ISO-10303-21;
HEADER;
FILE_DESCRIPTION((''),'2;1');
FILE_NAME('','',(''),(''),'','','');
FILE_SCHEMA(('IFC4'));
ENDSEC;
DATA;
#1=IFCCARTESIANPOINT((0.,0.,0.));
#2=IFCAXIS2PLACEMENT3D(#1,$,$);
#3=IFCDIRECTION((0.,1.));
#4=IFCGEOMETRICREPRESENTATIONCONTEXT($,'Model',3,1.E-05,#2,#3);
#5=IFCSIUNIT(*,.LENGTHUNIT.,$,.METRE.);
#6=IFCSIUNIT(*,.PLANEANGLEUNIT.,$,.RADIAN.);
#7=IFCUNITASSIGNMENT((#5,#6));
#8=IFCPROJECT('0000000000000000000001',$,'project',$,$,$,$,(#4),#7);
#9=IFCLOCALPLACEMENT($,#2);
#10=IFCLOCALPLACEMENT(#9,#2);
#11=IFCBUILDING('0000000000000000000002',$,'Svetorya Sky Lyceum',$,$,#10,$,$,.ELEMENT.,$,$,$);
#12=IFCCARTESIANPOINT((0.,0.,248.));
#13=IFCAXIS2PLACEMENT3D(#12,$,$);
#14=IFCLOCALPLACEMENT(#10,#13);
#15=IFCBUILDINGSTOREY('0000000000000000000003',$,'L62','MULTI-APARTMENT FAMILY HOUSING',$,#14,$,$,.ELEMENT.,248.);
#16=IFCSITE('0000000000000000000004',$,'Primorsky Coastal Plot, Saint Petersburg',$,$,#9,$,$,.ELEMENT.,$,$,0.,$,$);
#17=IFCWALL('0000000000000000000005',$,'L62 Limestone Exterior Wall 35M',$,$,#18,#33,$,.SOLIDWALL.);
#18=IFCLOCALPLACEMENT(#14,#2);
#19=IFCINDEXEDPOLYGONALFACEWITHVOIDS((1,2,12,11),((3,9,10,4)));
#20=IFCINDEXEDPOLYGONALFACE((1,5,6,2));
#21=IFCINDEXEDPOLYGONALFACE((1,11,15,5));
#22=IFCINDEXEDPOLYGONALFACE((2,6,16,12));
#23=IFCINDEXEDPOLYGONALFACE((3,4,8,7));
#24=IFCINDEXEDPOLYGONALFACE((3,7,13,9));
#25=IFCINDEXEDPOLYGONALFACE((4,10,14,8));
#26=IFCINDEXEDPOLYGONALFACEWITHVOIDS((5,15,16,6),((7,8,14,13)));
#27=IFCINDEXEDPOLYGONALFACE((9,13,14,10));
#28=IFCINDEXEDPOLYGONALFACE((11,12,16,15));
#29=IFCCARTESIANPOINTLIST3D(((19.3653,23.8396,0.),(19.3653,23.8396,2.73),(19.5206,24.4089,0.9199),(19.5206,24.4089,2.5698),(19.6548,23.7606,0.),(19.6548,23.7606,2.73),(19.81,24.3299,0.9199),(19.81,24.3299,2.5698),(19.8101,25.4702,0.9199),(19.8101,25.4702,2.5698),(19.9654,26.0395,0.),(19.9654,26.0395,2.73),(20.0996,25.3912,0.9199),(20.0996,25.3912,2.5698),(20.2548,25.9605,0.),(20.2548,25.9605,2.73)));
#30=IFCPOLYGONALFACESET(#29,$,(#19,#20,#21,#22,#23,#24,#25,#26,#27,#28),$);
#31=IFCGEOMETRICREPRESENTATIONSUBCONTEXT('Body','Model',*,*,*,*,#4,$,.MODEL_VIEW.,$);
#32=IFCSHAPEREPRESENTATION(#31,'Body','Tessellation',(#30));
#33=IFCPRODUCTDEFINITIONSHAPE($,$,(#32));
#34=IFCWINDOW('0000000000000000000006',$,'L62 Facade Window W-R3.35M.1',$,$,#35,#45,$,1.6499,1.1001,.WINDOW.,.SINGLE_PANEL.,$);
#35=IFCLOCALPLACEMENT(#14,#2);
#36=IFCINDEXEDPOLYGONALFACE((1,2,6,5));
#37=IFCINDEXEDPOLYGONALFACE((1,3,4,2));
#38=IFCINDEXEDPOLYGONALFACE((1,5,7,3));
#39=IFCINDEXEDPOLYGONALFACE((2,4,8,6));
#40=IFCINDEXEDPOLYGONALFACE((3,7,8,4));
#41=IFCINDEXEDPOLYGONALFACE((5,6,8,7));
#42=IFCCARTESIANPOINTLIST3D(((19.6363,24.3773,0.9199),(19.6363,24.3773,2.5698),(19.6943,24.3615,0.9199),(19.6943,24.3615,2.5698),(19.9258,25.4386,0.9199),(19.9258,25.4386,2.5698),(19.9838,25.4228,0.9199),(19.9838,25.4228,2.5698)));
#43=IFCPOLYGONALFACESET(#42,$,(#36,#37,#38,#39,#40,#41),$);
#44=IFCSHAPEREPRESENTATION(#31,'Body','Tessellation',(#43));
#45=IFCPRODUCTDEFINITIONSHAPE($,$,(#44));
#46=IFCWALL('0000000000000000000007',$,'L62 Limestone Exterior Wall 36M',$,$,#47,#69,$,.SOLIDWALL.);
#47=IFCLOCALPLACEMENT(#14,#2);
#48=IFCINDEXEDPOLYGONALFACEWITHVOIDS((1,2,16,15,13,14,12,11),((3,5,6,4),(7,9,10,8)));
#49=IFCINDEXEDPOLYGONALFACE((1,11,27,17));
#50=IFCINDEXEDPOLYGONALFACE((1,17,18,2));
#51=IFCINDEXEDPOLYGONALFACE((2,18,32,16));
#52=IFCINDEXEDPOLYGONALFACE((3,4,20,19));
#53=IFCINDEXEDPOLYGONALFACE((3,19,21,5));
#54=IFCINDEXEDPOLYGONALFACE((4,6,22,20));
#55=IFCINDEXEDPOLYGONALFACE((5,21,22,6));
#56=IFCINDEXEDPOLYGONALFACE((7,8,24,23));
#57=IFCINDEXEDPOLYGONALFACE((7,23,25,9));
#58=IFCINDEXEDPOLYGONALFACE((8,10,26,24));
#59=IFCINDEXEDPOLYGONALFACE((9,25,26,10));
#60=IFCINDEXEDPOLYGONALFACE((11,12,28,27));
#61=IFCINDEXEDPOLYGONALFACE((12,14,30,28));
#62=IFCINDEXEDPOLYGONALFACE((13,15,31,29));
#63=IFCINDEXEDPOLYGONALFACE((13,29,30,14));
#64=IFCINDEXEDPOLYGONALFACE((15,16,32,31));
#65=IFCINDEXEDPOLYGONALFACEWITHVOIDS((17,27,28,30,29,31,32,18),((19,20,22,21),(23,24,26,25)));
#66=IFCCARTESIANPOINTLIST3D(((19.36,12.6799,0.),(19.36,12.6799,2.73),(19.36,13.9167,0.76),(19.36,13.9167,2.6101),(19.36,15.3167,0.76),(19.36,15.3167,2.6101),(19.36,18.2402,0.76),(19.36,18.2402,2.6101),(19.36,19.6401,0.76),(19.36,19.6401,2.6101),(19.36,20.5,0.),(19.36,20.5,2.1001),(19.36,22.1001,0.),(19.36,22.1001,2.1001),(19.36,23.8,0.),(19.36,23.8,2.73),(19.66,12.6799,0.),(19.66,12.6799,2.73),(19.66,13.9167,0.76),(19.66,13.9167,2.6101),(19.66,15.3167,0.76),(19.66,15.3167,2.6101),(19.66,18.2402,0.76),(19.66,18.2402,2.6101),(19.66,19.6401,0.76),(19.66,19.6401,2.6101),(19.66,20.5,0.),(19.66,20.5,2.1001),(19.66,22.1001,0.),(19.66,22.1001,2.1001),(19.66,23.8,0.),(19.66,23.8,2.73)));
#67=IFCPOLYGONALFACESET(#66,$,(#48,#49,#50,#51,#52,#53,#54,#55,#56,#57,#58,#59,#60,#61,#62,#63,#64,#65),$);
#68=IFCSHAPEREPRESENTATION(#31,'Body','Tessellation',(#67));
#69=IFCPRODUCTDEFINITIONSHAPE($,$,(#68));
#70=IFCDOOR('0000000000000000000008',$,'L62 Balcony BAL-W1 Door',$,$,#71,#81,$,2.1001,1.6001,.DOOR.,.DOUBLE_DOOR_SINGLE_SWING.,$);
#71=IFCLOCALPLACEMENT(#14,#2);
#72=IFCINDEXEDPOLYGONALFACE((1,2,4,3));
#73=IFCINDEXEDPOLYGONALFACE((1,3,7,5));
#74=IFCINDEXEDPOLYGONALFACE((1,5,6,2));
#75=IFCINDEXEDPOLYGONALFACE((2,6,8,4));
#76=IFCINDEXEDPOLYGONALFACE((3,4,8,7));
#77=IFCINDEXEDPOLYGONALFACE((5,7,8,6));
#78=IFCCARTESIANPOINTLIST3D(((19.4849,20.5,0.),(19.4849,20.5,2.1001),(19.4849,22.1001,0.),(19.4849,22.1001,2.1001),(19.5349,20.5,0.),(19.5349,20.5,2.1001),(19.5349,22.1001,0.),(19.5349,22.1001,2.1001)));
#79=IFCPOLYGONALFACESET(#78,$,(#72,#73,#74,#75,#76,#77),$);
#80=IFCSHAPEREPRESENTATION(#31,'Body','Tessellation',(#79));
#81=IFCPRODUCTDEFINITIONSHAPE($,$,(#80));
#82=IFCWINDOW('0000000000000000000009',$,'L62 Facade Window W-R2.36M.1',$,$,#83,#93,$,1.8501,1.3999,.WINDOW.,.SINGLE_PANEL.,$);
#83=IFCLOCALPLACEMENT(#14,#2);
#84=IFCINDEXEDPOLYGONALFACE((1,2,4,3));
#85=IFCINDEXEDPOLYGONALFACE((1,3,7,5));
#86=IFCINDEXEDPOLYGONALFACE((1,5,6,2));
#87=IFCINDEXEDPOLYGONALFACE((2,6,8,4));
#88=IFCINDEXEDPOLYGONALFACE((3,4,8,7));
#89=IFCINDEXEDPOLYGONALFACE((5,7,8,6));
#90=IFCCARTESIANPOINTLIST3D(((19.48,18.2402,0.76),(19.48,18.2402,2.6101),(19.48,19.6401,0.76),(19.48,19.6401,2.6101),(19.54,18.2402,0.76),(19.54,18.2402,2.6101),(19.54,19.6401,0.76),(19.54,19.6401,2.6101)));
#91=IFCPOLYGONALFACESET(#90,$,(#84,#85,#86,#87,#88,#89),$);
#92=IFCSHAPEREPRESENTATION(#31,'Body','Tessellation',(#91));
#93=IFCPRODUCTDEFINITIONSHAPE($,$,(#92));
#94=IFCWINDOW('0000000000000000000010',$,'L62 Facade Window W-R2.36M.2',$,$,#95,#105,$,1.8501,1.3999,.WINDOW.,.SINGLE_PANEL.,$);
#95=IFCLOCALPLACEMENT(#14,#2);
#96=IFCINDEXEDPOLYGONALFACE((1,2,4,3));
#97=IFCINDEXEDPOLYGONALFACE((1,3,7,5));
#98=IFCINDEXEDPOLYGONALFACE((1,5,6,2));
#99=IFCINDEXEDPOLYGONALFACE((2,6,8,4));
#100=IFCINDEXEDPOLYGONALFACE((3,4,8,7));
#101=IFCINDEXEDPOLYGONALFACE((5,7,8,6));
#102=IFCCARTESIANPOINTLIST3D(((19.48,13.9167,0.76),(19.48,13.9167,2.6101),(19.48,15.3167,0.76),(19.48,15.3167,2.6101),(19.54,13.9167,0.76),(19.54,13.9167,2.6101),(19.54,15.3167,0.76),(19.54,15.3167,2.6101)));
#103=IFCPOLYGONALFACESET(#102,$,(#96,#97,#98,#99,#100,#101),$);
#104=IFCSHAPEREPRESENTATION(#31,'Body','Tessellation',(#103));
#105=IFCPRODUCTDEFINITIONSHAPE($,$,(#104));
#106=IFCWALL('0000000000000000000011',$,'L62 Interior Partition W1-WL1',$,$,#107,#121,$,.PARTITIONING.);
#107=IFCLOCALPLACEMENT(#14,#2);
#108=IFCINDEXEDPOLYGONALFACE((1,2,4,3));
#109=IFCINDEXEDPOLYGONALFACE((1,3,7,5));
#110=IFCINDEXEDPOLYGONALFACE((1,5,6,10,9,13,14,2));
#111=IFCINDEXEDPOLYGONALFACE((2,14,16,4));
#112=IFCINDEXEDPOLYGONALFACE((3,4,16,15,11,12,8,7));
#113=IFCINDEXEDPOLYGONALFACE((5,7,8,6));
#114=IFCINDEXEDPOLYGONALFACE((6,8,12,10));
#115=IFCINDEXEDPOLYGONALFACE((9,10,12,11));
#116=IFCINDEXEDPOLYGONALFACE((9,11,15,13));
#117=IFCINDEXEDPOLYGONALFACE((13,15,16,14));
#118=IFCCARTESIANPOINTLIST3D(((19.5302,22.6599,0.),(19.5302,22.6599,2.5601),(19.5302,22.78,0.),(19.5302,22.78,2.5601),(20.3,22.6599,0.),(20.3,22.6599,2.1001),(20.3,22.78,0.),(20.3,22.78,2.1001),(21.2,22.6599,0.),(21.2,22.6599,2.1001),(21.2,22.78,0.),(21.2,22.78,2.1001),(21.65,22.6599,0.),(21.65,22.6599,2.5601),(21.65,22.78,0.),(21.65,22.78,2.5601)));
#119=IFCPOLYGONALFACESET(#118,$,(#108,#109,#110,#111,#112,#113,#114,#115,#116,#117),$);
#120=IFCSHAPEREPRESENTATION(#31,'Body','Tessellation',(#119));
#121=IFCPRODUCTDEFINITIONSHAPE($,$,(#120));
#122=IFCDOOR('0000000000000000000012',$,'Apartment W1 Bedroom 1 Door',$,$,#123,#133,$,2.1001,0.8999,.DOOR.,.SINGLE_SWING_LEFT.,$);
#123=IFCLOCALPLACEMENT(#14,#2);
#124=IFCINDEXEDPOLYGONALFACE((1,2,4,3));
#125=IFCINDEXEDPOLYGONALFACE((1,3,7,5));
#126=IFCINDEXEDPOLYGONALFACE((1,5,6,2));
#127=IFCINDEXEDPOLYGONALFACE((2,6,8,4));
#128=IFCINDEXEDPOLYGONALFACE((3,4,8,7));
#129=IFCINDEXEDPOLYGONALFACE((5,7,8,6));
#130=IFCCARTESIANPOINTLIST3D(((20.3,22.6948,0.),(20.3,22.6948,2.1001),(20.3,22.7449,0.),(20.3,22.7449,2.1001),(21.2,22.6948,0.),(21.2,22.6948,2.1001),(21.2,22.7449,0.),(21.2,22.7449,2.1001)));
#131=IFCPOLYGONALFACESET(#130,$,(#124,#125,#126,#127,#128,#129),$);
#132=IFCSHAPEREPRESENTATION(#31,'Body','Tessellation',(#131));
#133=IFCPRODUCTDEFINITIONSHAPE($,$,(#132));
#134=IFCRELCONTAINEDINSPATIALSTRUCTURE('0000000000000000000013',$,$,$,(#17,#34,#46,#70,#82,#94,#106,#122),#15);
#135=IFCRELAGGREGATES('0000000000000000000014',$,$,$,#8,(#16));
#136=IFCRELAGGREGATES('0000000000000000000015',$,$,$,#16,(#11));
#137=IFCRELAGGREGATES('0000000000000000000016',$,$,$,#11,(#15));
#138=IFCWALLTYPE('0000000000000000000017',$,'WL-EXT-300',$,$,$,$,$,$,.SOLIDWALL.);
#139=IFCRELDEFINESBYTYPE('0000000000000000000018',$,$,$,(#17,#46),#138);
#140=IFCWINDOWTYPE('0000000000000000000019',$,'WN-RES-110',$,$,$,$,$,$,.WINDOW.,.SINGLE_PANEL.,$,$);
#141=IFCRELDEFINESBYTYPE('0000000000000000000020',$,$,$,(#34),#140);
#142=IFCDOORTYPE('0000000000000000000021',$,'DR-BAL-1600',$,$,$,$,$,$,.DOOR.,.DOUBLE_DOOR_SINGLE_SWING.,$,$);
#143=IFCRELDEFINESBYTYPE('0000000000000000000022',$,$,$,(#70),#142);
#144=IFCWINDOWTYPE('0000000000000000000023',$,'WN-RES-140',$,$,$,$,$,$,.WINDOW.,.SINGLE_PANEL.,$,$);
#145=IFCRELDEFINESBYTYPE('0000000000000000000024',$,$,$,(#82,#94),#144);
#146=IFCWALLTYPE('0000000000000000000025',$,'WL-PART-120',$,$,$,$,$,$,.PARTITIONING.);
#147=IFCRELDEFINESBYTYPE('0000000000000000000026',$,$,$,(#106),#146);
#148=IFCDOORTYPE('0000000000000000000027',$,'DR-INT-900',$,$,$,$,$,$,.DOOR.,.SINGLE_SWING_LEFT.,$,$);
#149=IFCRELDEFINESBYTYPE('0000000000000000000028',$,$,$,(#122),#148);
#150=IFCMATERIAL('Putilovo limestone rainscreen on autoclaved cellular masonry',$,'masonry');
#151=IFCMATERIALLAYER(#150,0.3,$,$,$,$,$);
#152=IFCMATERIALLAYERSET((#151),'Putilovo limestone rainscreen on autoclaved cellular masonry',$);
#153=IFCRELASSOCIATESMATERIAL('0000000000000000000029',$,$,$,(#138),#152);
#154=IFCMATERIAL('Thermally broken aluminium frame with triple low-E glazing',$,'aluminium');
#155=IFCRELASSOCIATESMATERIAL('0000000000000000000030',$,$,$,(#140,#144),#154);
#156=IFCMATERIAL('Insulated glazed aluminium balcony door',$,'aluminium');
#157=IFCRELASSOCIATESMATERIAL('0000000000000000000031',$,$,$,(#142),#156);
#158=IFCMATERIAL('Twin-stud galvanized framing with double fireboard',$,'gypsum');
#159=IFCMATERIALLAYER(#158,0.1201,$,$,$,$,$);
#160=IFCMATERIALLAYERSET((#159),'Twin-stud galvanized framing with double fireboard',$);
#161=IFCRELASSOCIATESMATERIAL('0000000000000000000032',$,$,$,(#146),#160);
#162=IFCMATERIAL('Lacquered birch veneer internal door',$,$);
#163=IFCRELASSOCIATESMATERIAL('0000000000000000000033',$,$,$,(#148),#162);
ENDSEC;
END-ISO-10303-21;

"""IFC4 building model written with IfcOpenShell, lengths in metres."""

from ifc_helpers import new_model, si_unit, direction, frame, frame_2d, origin, place, context, subcontext, project, spatial, rectangle, extrude, material, layer, layer_set, type_object, element, fill, save


model = new_model("IFC4")

# Units and contexts
model_context = context("Model", 3, precision=1e-05, world=origin(), true_north=direction((0.0, 1.0)))
body_context = subcontext(model_context, "Body", "Model", "MODEL_VIEW")
ifc_project = project(units=[si_unit("LENGTHUNIT", "METRE"), si_unit("PLANEANGLEUNIT", "RADIAN")], contexts=[model_context])

# Site, building, storey
site_placement = place(None, origin())
site = spatial("IfcSite", under=ifc_project, at=site_placement, Name="Primorsky Coastal Plot, Saint Petersburg", CompositionType="ELEMENT", RefElevation=0.0)
building_placement = place(site_placement, origin())
building = spatial("IfcBuilding", under=site, at=building_placement, Name="Svetorya Sky Lyceum", CompositionType="ELEMENT")
storey_placement = place(building_placement, frame((0.0, 0.0, 248.0)))
storey = spatial("IfcBuildingStorey", under=building, at=storey_placement, Name="L62", Description="MULTI-APARTMENT FAMILY HOUSING", CompositionType="ELEMENT", Elevation=248.0)

# Shared definitions
ifc_material_1 = material(Name="Putilovo limestone rainscreen on autoclaved cellular masonry", Category="masonry")
ifc_layer_1 = layer(ifc_material_1, 0.3)
ifc_layer_set_1 = layer_set([ifc_layer_1], Name="Putilovo limestone rainscreen on autoclaved cellular masonry")
wall_type_1 = type_object("IfcWallType", Name="WL-EXT-300", PredefinedType="SOLIDWALL", material=ifc_layer_set_1)

# Wall, opening, window
wall_1_placement = place(storey_placement, frame((20.1101, 26.0, 0.0), z_axis=(0.0, 0.0, 1.0), x_axis=(-0.263163, -0.964751, 0.0)))
wall_1 = element("IfcWall", 1, at=wall_1_placement, inside=storey, type_object=wall_type_1, Name="L62 Limestone Exterior Wall 35M", PredefinedType="SOLIDWALL", context=body_context, shape_type="SweptSolid", body=[
    extrude(rectangle(XDim=2.2803, YDim=0.3, at=frame_2d((1.1401, 0.0))), origin(), (0.0, 0.0, 1.0), 2.73),
])
opening_1_placement = place(wall_1_placement, frame((0.5901, 0.0, 0.9199)))
opening_1 = element("IfcOpeningElement", 2, at=opening_1_placement, cuts=wall_1, PredefinedType="OPENING", context=body_context, shape_type="SweptSolid", body=[
    extrude(rectangle(XDim=1.1001, YDim=1.6499, at=frame_2d((0.55, 0.825))), frame((0.0, 0.1599, 0.0), z_axis=(0.0, -1.0, 0.0), x_axis=(1.0, 0.0, 0.0)), (0.0, 0.0, 1.0), 0.3201),
])
ifc_material_2 = material(Name="Thermally broken aluminium frame with triple low-E glazing", Category="aluminium")
window_type_1 = type_object("IfcWindowType", Name="WN-RES-110", PartitioningType="SINGLE_PANEL", PredefinedType="WINDOW", material=ifc_material_2)
window_1_placement = place(opening_1_placement, origin())
window_1 = element("IfcWindow", 3, at=window_1_placement, inside=storey, type_object=window_type_1, Name="L62 Facade Window W-R3.35M.1", OverallHeight=1.6499, OverallWidth=1.1001, PartitioningType="SINGLE_PANEL", PredefinedType="WINDOW", context=body_context, shape_type="SweptSolid", body=[
    extrude(rectangle(XDim=1.1001, YDim=1.6499, at=frame_2d((0.55, 0.825))), frame((0.0, 0.03, 0.0), z_axis=(0.0, -1.0, 0.0), x_axis=(1.0, 0.0, 0.0)), (0.0, 0.0, 1.0), 0.0601),
])
fill(opening_1, window_1)

# Wall, openings, door, windows
wall_2_placement = place(storey_placement, frame((19.51, 23.8, 0.0), z_axis=(0.0, 0.0, 1.0), x_axis=(0.0, -1.0, 0.0)))
wall_2 = element("IfcWall", 4, at=wall_2_placement, inside=storey, type_object=wall_type_1, Name="L62 Limestone Exterior Wall 36M", PredefinedType="SOLIDWALL", context=body_context, shape_type="SweptSolid", body=[
    extrude(rectangle(XDim=11.1201, YDim=0.3, at=frame_2d((5.5601, 0.0))), origin(), (0.0, 0.0, 1.0), 2.73),
])
opening_2_placement = place(wall_2_placement, frame((1.7, 0.0, 0.0)))
opening_2 = element("IfcOpeningElement", 5, at=opening_2_placement, cuts=wall_2, PredefinedType="OPENING", context=body_context, shape_type="SweptSolid", body=[
    extrude(rectangle(XDim=1.6001, YDim=2.1001, at=frame_2d((0.8, 1.05))), frame((0.0, 0.1599, 0.0), z_axis=(0.0, -1.0, 0.0), x_axis=(1.0, 0.0, 0.0)), (0.0, 0.0, 1.0), 0.3201),
])
opening_3_placement = place(wall_2_placement, frame((4.1599, 0.0, 0.76)))
opening_3 = element("IfcOpeningElement", 6, at=opening_3_placement, cuts=wall_2, PredefinedType="OPENING", context=body_context, shape_type="SweptSolid", body=[
    extrude(rectangle(XDim=1.3999, YDim=1.8501, at=frame_2d((0.7, 0.925))), frame((0.0, 0.1599, 0.0), z_axis=(0.0, -1.0, 0.0), x_axis=(1.0, 0.0, 0.0)), (0.0, 0.0, 1.0), 0.3201),
])
opening_4_placement = place(wall_2_placement, frame((8.4834, 0.0, 0.76)))
opening_4 = element("IfcOpeningElement", 7, at=opening_4_placement, cuts=wall_2, PredefinedType="OPENING", context=body_context, shape_type="SweptSolid", body=[
    extrude(rectangle(XDim=1.3999, YDim=1.8501, at=frame_2d((0.7, 0.925))), frame((0.0, 0.1599, 0.0), z_axis=(0.0, -1.0, 0.0), x_axis=(1.0, 0.0, 0.0)), (0.0, 0.0, 1.0), 0.3201),
])
ifc_material_3 = material(Name="Insulated glazed aluminium balcony door", Category="aluminium")
door_type_1 = type_object("IfcDoorType", Name="DR-BAL-1600", OperationType="DOUBLE_DOOR_SINGLE_SWING", PredefinedType="DOOR", material=ifc_material_3)
door_1_placement = place(opening_2_placement, origin())
door_1 = element("IfcDoor", 8, at=door_1_placement, inside=storey, type_object=door_type_1, Name="L62 Balcony BAL-W1 Door", OperationType="DOUBLE_DOOR_SINGLE_SWING", OverallHeight=2.1001, OverallWidth=1.6001, PredefinedType="DOOR", context=body_context, shape_type="SweptSolid", body=[
    extrude(rectangle(XDim=1.6001, YDim=2.1001, at=frame_2d((0.8, 1.05))), frame((0.0, 0.0249, 0.0), z_axis=(0.0, -1.0, 0.0), x_axis=(1.0, 0.0, 0.0)), (0.0, 0.0, 1.0), 0.05),
])
fill(opening_2, door_1)
window_type_2 = type_object("IfcWindowType", Name="WN-RES-140", PartitioningType="SINGLE_PANEL", PredefinedType="WINDOW", material=ifc_material_2)
window_2_placement = place(opening_3_placement, origin())
window_2 = element("IfcWindow", 9, at=window_2_placement, inside=storey, type_object=window_type_2, Name="L62 Facade Window W-R2.36M.1", OverallHeight=1.8501, OverallWidth=1.3999, PartitioningType="SINGLE_PANEL", PredefinedType="WINDOW", context=body_context, shape_type="SweptSolid", body=[
    extrude(rectangle(XDim=1.3999, YDim=1.8501, at=frame_2d((0.7, 0.925))), frame((0.0, 0.03, 0.0), z_axis=(0.0, -1.0, 0.0), x_axis=(1.0, 0.0, 0.0)), (0.0, 0.0, 1.0), 0.0601),
])
fill(opening_3, window_2)
window_3_placement = place(opening_4_placement, origin())
window_3 = element("IfcWindow", 10, at=window_3_placement, inside=storey, type_object=window_type_2, Name="L62 Facade Window W-R2.36M.2", OverallHeight=1.8501, OverallWidth=1.3999, PartitioningType="SINGLE_PANEL", PredefinedType="WINDOW", context=body_context, shape_type="SweptSolid", body=[
    extrude(rectangle(XDim=1.3999, YDim=1.8501, at=frame_2d((0.7, 0.925))), frame((0.0, 0.03, 0.0), z_axis=(0.0, -1.0, 0.0), x_axis=(1.0, 0.0, 0.0)), (0.0, 0.0, 1.0), 0.0601),
])
fill(opening_4, window_3)

# Wall, opening, door
ifc_material_4 = material(Name="Twin-stud galvanized framing with double fireboard", Category="gypsum")
ifc_layer_2 = layer(ifc_material_4, 0.1201)
ifc_layer_set_2 = layer_set([ifc_layer_2], Name="Twin-stud galvanized framing with double fireboard")
wall_type_2 = type_object("IfcWallType", Name="WL-PART-120", PredefinedType="PARTITIONING", material=ifc_layer_set_2)
wall_3_placement = place(storey_placement, frame((19.53, 22.72, 0.0), z_axis=(0.0, 0.0, 1.0), x_axis=(1.0, 0.0, 0.0)))
wall_3 = element("IfcWall", 11, at=wall_3_placement, inside=storey, type_object=wall_type_2, Name="L62 Interior Partition W1-WL1", PredefinedType="PARTITIONING", context=body_context, shape_type="SweptSolid", body=[
    extrude(rectangle(XDim=2.1199, YDim=0.1201, at=frame_2d((1.0601, 0.0))), origin(), (0.0, 0.0, 1.0), 2.5601),
])
opening_5_placement = place(wall_3_placement, frame((0.77, 0.0, 0.0)))
opening_5 = element("IfcOpeningElement", 12, at=opening_5_placement, cuts=wall_3, PredefinedType="OPENING", context=body_context, shape_type="SweptSolid", body=[
    extrude(rectangle(XDim=0.8999, YDim=2.1001, at=frame_2d((0.45, 1.05))), frame((0.0, 0.0701, 0.0), z_axis=(0.0, -1.0, 0.0), x_axis=(1.0, 0.0, 0.0)), (0.0, 0.0, 1.0), 0.1401),
])
ifc_material_5 = material(Name="Lacquered birch veneer internal door")
door_type_2 = type_object("IfcDoorType", Name="DR-INT-900", OperationType="SINGLE_SWING_LEFT", PredefinedType="DOOR", material=ifc_material_5)
door_2_placement = place(opening_5_placement, origin())
door_2 = element("IfcDoor", 13, at=door_2_placement, inside=storey, type_object=door_type_2, Name="Apartment W1 Bedroom 1 Door", OperationType="SINGLE_SWING_LEFT", OverallHeight=2.1001, OverallWidth=0.8999, PredefinedType="DOOR", context=body_context, shape_type="SweptSolid", body=[
    extrude(rectangle(XDim=0.8999, YDim=2.1001, at=frame_2d((0.45, 1.05))), frame((0.0, 0.0249, 0.0), z_axis=(0.0, -1.0, 0.0), x_axis=(1.0, 0.0, 0.0)), (0.0, 0.0, 1.0), 0.05),
])
fill(opening_5, door_2)

save(model, "model.ifc")
